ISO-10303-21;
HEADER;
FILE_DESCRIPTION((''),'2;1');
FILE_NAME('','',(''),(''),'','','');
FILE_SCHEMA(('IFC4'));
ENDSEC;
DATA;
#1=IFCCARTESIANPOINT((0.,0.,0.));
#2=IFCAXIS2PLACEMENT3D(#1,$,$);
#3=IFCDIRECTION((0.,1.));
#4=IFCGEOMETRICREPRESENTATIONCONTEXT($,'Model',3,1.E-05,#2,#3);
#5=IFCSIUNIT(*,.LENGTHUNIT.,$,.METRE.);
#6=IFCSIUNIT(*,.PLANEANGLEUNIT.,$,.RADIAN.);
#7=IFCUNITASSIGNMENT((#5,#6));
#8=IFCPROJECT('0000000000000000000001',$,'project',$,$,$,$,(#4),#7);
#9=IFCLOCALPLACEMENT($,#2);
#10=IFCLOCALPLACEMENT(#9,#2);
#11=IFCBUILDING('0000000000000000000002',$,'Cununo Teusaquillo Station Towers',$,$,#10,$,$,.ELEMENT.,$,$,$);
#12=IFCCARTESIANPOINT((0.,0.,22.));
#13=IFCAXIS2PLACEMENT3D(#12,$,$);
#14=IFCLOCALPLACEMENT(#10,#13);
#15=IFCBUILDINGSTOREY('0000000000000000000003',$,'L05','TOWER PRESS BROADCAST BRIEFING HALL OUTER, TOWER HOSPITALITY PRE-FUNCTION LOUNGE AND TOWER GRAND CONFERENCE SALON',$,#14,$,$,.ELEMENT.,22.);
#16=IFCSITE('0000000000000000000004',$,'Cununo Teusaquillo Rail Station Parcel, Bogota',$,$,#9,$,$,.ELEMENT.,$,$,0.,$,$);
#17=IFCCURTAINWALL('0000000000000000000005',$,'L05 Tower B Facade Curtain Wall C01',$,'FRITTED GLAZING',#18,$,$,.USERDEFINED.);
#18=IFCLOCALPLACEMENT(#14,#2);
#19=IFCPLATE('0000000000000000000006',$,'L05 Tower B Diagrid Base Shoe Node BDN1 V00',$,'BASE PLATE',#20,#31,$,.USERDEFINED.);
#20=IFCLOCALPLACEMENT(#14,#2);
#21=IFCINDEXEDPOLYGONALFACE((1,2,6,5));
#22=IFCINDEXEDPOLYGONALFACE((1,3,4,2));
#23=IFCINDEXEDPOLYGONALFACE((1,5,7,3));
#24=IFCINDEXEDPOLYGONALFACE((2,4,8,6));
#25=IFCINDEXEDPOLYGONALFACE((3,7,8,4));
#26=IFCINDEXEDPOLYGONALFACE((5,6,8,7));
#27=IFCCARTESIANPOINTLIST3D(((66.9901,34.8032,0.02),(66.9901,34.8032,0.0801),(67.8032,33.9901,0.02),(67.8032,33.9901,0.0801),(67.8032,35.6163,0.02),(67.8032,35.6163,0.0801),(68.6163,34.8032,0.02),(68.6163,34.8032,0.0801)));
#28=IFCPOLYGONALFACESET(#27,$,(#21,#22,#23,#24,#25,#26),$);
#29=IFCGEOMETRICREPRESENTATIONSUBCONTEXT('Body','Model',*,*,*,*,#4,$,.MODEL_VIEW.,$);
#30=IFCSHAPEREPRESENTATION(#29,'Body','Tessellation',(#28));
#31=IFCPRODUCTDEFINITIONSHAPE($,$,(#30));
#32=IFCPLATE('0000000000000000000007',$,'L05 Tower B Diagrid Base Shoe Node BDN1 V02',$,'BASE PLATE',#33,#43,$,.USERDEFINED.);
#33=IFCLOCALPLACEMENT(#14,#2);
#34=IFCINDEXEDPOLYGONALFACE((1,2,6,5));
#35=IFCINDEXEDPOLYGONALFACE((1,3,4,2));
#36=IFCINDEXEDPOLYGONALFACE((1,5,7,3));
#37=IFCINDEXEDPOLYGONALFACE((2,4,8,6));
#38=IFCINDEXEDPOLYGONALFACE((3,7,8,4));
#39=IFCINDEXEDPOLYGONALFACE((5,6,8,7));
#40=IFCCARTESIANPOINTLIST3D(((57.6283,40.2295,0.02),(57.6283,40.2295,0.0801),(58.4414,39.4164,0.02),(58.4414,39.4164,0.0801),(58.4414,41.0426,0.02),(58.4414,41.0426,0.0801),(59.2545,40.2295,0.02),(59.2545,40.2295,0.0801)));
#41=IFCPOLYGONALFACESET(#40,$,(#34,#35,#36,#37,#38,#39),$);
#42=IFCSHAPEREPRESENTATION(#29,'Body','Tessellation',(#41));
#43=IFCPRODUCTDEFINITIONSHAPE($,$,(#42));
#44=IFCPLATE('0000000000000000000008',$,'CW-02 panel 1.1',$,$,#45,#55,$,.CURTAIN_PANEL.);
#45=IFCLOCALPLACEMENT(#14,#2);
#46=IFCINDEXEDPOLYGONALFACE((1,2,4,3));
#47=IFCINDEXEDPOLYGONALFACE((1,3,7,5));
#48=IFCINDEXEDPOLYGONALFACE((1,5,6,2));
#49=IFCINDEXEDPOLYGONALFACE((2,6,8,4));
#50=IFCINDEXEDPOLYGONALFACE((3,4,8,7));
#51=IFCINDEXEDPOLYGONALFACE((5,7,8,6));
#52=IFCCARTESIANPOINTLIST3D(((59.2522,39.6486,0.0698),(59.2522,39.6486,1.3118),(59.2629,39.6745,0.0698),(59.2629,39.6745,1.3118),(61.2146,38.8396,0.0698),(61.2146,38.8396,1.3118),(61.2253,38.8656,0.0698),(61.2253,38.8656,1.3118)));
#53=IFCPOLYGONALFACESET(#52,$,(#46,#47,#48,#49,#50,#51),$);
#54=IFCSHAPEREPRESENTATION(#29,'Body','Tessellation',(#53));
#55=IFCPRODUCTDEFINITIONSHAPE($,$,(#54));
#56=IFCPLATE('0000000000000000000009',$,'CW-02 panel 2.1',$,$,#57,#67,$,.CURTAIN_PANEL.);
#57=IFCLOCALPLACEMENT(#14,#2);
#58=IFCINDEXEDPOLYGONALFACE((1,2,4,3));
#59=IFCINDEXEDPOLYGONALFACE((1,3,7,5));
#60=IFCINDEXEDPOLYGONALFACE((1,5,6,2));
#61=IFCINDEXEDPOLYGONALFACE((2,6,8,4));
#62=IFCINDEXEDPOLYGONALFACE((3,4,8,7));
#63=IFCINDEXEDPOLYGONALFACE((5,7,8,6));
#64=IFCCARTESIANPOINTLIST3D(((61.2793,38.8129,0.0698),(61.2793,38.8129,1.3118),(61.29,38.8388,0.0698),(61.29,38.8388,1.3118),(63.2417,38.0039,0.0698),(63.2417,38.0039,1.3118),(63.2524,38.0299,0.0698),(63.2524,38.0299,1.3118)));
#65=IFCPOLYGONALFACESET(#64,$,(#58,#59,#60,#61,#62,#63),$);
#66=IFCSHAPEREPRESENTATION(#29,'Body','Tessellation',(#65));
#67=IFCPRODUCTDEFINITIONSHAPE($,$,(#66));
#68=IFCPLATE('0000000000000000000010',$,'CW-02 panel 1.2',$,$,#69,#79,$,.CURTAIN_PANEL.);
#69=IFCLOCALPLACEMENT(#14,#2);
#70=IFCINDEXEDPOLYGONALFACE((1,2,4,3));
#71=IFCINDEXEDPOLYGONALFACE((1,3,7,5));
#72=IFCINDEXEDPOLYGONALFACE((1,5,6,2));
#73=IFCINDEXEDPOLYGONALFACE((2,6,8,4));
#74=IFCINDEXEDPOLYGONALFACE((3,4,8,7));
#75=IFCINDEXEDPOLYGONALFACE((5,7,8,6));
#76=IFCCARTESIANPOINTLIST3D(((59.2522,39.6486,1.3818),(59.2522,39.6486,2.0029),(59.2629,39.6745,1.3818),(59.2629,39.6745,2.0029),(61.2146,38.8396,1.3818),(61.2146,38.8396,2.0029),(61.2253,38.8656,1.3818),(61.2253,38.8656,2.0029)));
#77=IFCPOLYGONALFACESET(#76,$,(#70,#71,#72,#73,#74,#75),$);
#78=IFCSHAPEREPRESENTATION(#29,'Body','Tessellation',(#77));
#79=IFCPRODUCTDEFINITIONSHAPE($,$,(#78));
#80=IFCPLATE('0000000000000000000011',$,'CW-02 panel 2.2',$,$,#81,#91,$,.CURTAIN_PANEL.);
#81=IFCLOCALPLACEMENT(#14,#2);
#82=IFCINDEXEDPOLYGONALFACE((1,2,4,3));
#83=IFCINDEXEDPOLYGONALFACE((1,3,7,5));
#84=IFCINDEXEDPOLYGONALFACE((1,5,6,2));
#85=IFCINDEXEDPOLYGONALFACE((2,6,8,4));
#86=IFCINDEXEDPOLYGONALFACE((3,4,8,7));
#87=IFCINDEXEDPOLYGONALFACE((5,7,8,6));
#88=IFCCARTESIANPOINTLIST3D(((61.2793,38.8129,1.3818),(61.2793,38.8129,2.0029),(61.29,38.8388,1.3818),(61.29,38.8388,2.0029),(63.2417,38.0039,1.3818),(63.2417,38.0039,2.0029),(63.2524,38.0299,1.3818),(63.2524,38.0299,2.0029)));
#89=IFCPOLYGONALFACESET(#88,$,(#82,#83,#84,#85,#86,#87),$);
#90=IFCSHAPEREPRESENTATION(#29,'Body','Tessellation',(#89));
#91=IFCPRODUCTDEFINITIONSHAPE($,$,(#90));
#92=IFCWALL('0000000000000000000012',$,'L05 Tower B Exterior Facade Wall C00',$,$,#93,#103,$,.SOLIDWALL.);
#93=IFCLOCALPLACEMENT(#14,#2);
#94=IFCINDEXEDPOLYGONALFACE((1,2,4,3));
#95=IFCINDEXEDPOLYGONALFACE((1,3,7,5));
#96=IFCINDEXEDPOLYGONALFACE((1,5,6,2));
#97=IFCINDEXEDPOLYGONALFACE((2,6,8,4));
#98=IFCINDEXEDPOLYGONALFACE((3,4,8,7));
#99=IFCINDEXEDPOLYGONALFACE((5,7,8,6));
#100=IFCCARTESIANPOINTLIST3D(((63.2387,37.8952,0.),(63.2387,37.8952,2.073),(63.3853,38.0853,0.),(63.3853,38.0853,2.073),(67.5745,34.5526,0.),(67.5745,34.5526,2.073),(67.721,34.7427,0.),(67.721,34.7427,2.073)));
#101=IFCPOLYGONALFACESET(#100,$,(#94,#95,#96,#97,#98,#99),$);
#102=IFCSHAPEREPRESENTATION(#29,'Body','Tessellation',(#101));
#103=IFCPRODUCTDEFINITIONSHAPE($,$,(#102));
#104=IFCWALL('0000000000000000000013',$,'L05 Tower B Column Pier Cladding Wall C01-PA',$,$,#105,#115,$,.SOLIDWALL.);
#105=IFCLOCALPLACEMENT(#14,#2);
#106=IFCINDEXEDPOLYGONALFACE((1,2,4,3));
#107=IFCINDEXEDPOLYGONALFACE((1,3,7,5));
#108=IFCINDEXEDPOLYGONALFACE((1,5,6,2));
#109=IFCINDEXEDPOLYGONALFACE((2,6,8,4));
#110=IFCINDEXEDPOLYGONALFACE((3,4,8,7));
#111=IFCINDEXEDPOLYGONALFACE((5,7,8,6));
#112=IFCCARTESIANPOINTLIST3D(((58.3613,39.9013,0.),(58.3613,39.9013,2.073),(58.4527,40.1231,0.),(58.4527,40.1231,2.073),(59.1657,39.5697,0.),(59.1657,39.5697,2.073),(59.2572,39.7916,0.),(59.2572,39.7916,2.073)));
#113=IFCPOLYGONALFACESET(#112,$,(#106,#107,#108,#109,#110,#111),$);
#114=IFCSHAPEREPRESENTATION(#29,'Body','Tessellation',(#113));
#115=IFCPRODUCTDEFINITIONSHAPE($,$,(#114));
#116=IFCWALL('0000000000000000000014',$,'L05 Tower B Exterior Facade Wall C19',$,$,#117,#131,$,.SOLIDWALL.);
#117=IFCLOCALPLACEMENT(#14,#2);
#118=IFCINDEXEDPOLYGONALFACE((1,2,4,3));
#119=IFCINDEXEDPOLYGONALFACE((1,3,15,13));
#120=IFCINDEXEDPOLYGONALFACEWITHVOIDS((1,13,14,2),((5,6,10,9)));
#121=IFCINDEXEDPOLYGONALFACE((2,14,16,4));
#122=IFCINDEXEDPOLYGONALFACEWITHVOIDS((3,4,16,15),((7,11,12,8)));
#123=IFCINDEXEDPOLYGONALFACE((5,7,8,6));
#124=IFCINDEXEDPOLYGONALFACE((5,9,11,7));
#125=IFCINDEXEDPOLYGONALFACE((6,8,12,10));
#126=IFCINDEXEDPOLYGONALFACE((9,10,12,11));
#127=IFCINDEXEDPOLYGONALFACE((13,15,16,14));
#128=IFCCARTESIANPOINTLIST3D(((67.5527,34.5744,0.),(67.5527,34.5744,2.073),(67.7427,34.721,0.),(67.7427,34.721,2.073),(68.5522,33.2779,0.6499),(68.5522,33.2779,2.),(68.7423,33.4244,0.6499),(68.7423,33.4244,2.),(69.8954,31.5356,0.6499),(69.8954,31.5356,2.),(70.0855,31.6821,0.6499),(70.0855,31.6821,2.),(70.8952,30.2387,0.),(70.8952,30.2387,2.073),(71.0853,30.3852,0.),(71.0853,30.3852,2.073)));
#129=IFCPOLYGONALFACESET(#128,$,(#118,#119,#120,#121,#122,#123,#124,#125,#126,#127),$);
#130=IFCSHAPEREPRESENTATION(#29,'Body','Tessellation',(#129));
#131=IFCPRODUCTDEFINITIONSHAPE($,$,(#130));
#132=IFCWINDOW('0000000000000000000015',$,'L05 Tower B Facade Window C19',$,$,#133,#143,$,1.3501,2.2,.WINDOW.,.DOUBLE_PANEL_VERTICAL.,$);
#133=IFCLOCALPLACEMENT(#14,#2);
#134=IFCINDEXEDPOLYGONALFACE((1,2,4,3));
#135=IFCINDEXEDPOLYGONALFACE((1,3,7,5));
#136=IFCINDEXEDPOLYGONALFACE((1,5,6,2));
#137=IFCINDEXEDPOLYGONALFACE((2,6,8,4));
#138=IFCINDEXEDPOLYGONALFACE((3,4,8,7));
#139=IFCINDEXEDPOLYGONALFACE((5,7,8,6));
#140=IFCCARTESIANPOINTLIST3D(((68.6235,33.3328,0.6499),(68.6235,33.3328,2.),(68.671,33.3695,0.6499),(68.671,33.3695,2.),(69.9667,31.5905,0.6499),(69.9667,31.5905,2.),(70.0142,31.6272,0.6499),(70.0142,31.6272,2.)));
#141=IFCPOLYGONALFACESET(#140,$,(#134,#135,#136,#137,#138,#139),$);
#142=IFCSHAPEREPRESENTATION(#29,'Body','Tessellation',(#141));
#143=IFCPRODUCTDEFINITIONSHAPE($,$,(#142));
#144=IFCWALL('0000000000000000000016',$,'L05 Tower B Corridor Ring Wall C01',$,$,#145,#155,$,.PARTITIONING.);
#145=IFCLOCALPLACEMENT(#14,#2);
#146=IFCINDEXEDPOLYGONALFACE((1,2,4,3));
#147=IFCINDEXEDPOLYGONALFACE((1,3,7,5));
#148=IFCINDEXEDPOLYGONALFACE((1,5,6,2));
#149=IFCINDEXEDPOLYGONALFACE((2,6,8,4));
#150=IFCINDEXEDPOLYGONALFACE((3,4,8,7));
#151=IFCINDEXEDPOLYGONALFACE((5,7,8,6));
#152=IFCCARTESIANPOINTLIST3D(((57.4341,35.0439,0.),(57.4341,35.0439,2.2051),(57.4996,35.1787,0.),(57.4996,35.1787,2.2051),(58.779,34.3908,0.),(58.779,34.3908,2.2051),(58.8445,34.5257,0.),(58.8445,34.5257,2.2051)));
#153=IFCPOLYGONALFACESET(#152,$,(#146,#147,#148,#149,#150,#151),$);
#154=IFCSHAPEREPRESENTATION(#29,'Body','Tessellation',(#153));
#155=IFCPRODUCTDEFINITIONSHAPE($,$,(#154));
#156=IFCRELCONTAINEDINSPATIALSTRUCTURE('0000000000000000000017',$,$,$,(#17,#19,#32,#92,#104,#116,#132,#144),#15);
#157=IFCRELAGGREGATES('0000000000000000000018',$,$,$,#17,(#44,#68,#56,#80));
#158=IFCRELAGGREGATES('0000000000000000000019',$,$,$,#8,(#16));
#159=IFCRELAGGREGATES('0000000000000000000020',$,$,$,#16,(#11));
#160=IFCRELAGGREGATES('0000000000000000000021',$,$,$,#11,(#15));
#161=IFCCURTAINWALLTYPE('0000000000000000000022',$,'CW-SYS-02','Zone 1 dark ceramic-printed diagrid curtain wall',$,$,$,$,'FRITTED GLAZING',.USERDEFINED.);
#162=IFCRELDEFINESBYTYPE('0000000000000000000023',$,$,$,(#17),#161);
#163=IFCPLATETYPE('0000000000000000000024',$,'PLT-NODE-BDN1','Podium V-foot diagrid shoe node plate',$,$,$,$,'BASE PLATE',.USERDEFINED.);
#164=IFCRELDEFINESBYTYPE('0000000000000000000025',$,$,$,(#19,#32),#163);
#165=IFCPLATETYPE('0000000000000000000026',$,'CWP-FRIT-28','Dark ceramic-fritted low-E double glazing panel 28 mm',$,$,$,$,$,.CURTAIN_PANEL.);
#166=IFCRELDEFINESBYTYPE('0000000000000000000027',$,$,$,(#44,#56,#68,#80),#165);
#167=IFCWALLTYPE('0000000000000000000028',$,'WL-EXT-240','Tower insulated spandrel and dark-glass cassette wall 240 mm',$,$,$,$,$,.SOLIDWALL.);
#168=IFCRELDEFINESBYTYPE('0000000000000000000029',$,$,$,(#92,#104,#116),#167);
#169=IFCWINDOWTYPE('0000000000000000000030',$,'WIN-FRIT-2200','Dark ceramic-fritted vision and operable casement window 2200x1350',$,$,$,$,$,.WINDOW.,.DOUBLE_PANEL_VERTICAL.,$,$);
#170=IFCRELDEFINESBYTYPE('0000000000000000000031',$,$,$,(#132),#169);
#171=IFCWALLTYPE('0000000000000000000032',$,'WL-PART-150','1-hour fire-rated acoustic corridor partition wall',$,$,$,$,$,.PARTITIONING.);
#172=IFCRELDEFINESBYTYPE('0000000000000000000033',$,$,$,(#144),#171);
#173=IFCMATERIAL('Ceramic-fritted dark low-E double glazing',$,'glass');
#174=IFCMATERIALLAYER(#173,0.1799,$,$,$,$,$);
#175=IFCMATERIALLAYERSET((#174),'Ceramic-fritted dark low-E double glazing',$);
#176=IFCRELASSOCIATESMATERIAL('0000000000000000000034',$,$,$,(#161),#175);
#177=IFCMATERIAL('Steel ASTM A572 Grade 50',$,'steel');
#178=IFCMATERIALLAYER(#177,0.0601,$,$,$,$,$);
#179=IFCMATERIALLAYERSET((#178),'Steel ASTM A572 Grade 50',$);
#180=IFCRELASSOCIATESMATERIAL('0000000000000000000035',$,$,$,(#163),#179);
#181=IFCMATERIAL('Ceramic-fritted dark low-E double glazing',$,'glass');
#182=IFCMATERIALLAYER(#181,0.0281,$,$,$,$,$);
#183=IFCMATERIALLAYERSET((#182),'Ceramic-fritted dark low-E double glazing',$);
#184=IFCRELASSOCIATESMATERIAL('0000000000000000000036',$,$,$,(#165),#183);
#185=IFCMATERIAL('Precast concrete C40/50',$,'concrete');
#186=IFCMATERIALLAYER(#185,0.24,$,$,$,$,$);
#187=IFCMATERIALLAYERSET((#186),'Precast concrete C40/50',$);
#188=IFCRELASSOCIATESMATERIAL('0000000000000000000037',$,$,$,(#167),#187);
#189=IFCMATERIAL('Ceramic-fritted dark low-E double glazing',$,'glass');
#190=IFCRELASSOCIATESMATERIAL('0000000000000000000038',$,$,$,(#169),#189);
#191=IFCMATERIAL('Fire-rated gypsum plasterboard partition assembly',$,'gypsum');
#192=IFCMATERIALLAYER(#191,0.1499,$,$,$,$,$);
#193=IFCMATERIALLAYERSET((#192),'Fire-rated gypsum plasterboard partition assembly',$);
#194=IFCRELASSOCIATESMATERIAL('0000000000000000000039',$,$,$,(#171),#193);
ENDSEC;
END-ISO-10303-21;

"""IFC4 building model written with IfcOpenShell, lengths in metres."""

from ifc_helpers import new_model, si_unit, direction, frame, frame_2d, origin, origin_2d, place, context, subcontext, project, spatial, rectangle, extrude, source, transform, mapped, material, layer, layer_set, type_object, element, fill, aggregate, save


model = new_model("IFC4")

# Units and contexts
model_context = context("Model", 3, precision=1e-05, world=origin(), true_north=direction((0.0, 1.0)))
body_context = subcontext(model_context, "Body", "Model", "MODEL_VIEW")
ifc_project = project(units=[si_unit("LENGTHUNIT", "METRE"), si_unit("PLANEANGLEUNIT", "RADIAN")], contexts=[model_context])

# Site, building, storey
site_placement = place(None, origin())
site = spatial("IfcSite", under=ifc_project, at=site_placement, Name="Cununo Teusaquillo Rail Station Parcel, Bogota", CompositionType="ELEMENT", RefElevation=0.0)
building_placement = place(site_placement, origin())
building = spatial("IfcBuilding", under=site, at=building_placement, Name="Cununo Teusaquillo Station Towers", CompositionType="ELEMENT")
storey_placement = place(building_placement, frame((0.0, 0.0, 22.0)))
storey = spatial("IfcBuildingStorey", under=building, at=storey_placement, Name="L05", Description="TOWER PRESS BROADCAST BRIEFING HALL OUTER, TOWER HOSPITALITY PRE-FUNCTION LOUNGE AND TOWER GRAND CONFERENCE SALON", CompositionType="ELEMENT", Elevation=22.0)

# Curtain wall
ifc_material_1 = material(Name="Ceramic-fritted dark low-E double glazing", Category="glass")
ifc_layer_1 = layer(ifc_material_1, 0.1799)
ifc_layer_set_1 = layer_set([ifc_layer_1], Name="Ceramic-fritted dark low-E double glazing")
curtain_wall_type = type_object("IfcCurtainWallType", Name="CW-SYS-02", Description="Zone 1 dark ceramic-printed diagrid curtain wall", ElementType="FRITTED GLAZING", PredefinedType="USERDEFINED", material=ifc_layer_set_1)
curtain_wall_placement = place(storey_placement, origin())
curtain_wall = element("IfcCurtainWall", 1, at=curtain_wall_placement, inside=storey, type_object=curtain_wall_type, Name="L05 Tower B Facade Curtain Wall C01", ObjectType="FRITTED GLAZING", PredefinedType="USERDEFINED")

# Plates
ifc_material_2 = material(Name="Steel ASTM A572 Grade 50", Category="steel")
ifc_layer_2 = layer(ifc_material_2, 0.0601)
ifc_layer_set_2 = layer_set([ifc_layer_2], Name="Steel ASTM A572 Grade 50")
plate_type_1 = type_object("IfcPlateType", Name="PLT-NODE-BDN1", Description="Podium V-foot diagrid shoe node plate", ElementType="BASE PLATE", PredefinedType="USERDEFINED", material=ifc_layer_set_2)
shared_shape_1 = source(origin(), body_context, "Body", "SweptSolid", [
    extrude(rectangle(XDim=1.1499, YDim=1.1499, at=origin_2d()), origin(), (0.0, 0.0, 1.0), 0.0601),
])
for number, where, z_axis, x_axis, name in (
    (2, (67.8032, 34.8032, 0.02), (0.0, 0.0, 1.0), (0.707107, 0.707107, 0.0), "L05 Tower B Diagrid Base Shoe Node BDN1 V00"),
    (3, (58.4414, 40.2295, 0.02), (0.0, 0.0, 1.0), (0.707107, 0.707107, 0.0), "L05 Tower B Diagrid Base Shoe Node BDN1 V02"),
):
    element("IfcPlate", number, at=place(storey_placement, frame(where, z_axis=z_axis, x_axis=x_axis)), inside=storey, type_object=plate_type_1, Name=name, ObjectType="BASE PLATE", PredefinedType="USERDEFINED", context=body_context, shape_type="MappedRepresentation", body=[
        mapped(shared_shape_1, transform((0.0, 0.0, 0.0), x_axis=(1.0, 0.0, 0.0), y_axis=(0.0, 1.0, 0.0), z_axis=(0.0, 0.0, 1.0), scale=1.0)),
    ])

# Plates
ifc_material_3 = material(Name="Ceramic-fritted dark low-E double glazing", Category="glass")
ifc_layer_3 = layer(ifc_material_3, 0.0281)
ifc_layer_set_3 = layer_set([ifc_layer_3], Name="Ceramic-fritted dark low-E double glazing")
plate_type_2 = type_object("IfcPlateType", Name="CWP-FRIT-28", Description="Dark ceramic-fritted low-E double glazing panel 28 mm", PredefinedType="CURTAIN_PANEL", material=ifc_layer_set_3)
shared_shape_2 = source(origin(), body_context, "Body", "SweptSolid", [
    extrude(rectangle(XDim=2.1226, YDim=0.0281, at=origin_2d()), origin(), (0.0, 0.0, 1.0), 1.2419),
])
plate_1_placement = place(storey_placement, frame((60.2388, 39.2571, 0.0698), z_axis=(0.0, 0.0, 1.0), x_axis=(0.924525, -0.381122, 0.0)))
plate_1 = element("IfcPlate", 4, at=plate_1_placement, type_object=plate_type_2, Name="CW-02 panel 1.1", PredefinedType="CURTAIN_PANEL", context=body_context, shape_type="MappedRepresentation", body=[
    mapped(shared_shape_2, transform((0.0, 0.0, 0.0), x_axis=(1.0, 0.0, 0.0), y_axis=(0.0, 1.0, 0.0), z_axis=(0.0, 0.0, 1.0), scale=1.0)),
])
plate_2_placement = place(storey_placement, frame((62.2659, 38.4214, 0.0698), z_axis=(0.0, 0.0, 1.0), x_axis=(0.924525, -0.381122, 0.0)))
plate_2 = element("IfcPlate", 5, at=plate_2_placement, type_object=plate_type_2, Name="CW-02 panel 2.1", PredefinedType="CURTAIN_PANEL", context=body_context, shape_type="MappedRepresentation", body=[
    mapped(shared_shape_2, transform((0.0, 0.0, 0.0), x_axis=(1.0, 0.0, 0.0), y_axis=(0.0, 1.0, 0.0), z_axis=(0.0, 0.0, 1.0), scale=1.0)),
])
shared_shape_3 = source(origin(), body_context, "Body", "SweptSolid", [
    extrude(rectangle(XDim=2.1226, YDim=0.0281, at=origin_2d()), origin(), (0.0, 0.0, 1.0), 0.6211),
])
plate_3_placement = place(storey_placement, frame((60.2388, 39.2571, 1.3818), z_axis=(0.0, 0.0, 1.0), x_axis=(0.924525, -0.381122, 0.0)))
plate_3 = element("IfcPlate", 6, at=plate_3_placement, type_object=plate_type_2, Name="CW-02 panel 1.2", PredefinedType="CURTAIN_PANEL", context=body_context, shape_type="MappedRepresentation", body=[
    mapped(shared_shape_3, transform((0.0, 0.0, 0.0), x_axis=(1.0, 0.0, 0.0), y_axis=(0.0, 1.0, 0.0), z_axis=(0.0, 0.0, 1.0), scale=1.0)),
])
plate_4_placement = place(storey_placement, frame((62.2659, 38.4214, 1.3818), z_axis=(0.0, 0.0, 1.0), x_axis=(0.924525, -0.381122, 0.0)))
plate_4 = element("IfcPlate", 7, at=plate_4_placement, type_object=plate_type_2, Name="CW-02 panel 2.2", PredefinedType="CURTAIN_PANEL", context=body_context, shape_type="MappedRepresentation", body=[
    mapped(shared_shape_3, transform((0.0, 0.0, 0.0), x_axis=(1.0, 0.0, 0.0), y_axis=(0.0, 1.0, 0.0), z_axis=(0.0, 0.0, 1.0), scale=1.0)),
])
aggregate(curtain_wall, [plate_1, plate_3, plate_2, plate_4])

# Walls
ifc_material_4 = material(Name="Precast concrete C40/50", Category="concrete")
ifc_layer_4 = layer(ifc_material_4, 0.24)
ifc_layer_set_4 = layer_set([ifc_layer_4], Name="Precast concrete C40/50")
wall_type_1 = type_object("IfcWallType", Name="WL-EXT-240", Description="Tower insulated spandrel and dark-glass cassette wall 240 mm", PredefinedType="SOLIDWALL", material=ifc_layer_set_4)
wall_1_placement = place(storey_placement, frame((63.312, 37.9902, 0.0), z_axis=(0.0, 0.0, 1.0), x_axis=(0.791972, -0.610557, 0.0)))
element("IfcWall", 8, at=wall_1_placement, inside=storey, type_object=wall_type_1, Name="L05 Tower B Exterior Facade Wall C00", PredefinedType="SOLIDWALL", context=body_context, shape_type="SweptSolid", body=[
    extrude(rectangle(XDim=5.4746, YDim=0.24, at=frame_2d((2.7373, 0.0))), origin(), (0.0, 0.0, 1.0), 2.073),
])
wall_2_placement = place(storey_placement, frame((58.407, 40.0122, 0.0), z_axis=(0.0, 0.0, 1.0), x_axis=(0.924556, -0.381046, 0.0)))
element("IfcWall", 9, at=wall_2_placement, inside=storey, type_object=wall_type_1, Name="L05 Tower B Column Pier Cladding Wall C01-PA", PredefinedType="SOLIDWALL", context=body_context, shape_type="SweptSolid", body=[
    extrude(rectangle(XDim=0.8701, YDim=0.24, at=frame_2d((0.4351, 0.0))), origin(), (0.0, 0.0, 1.0), 2.073),
])

# Wall, opening, window
wall_3_placement = place(storey_placement, frame((67.6477, 34.6477, 0.0), z_axis=(0.0, 0.0, 1.0), x_axis=(0.610557, -0.791972, 0.0)))
wall_3 = element("IfcWall", 10, at=wall_3_placement, inside=storey, type_object=wall_type_1, Name="L05 Tower B Exterior Facade Wall C19", PredefinedType="SOLIDWALL", context=body_context, shape_type="SweptSolid", body=[
    extrude(rectangle(XDim=5.4746, YDim=0.24, at=frame_2d((2.7373, 0.0))), origin(), (0.0, 0.0, 1.0), 2.073),
])
shared_shape_4 = source(origin(), body_context, "Body", "SweptSolid", [
    extrude(rectangle(XDim=2.2, YDim=1.3501, at=frame_2d((1.1001, 0.675))), frame((0.0, 0.1299, 0.0), z_axis=(0.0, -1.0, 0.0), x_axis=(1.0, 0.0, 0.0)), (0.0, 0.0, 1.0), 0.26),
])
opening_1_placement = place(wall_3_placement, frame((1.637, 0.0, 0.6499)))
opening_1 = element("IfcOpeningElement", 11, at=opening_1_placement, cuts=wall_3, PredefinedType="OPENING", context=body_context, shape_type="MappedRepresentation", body=[
    mapped(shared_shape_4, transform((0.0, 0.0, 0.0), x_axis=(1.0, 0.0, 0.0), y_axis=(0.0, 1.0, 0.0), z_axis=(0.0, 0.0, 1.0), scale=1.0)),
])
ifc_material_5 = material(Name="Ceramic-fritted dark low-E double glazing", Category="glass")
window_type = type_object("IfcWindowType", Name="WIN-FRIT-2200", Description="Dark ceramic-fritted vision and operable casement window 2200x1350", PartitioningType="DOUBLE_PANEL_VERTICAL", PredefinedType="WINDOW", material=ifc_material_5)
shared_shape_5 = source(origin(), body_context, "Body", "SweptSolid", [
    extrude(rectangle(XDim=2.2, YDim=1.3501, at=frame_2d((1.1001, 0.675))), frame((0.0, 0.03, 0.0), z_axis=(0.0, -1.0, 0.0), x_axis=(1.0, 0.0, 0.0)), (0.0, 0.0, 1.0), 0.0601),
])
window_placement = place(opening_1_placement, origin())
window = element("IfcWindow", 12, at=window_placement, inside=storey, type_object=window_type, Name="L05 Tower B Facade Window C19", OverallHeight=1.3501, OverallWidth=2.2, PartitioningType="DOUBLE_PANEL_VERTICAL", PredefinedType="WINDOW", context=body_context, shape_type="MappedRepresentation", body=[
    mapped(shared_shape_5, transform((0.0, 0.0, 0.0), x_axis=(1.0, 0.0, 0.0), y_axis=(0.0, 1.0, 0.0), z_axis=(0.0, 0.0, 1.0), scale=1.0)),
])
fill(opening_1, window)

# Wall
ifc_material_6 = material(Name="Fire-rated gypsum plasterboard partition assembly", Category="gypsum")
ifc_layer_5 = layer(ifc_material_6, 0.1499)
ifc_layer_set_5 = layer_set([ifc_layer_5], Name="Fire-rated gypsum plasterboard partition assembly")
wall_type_2 = type_object("IfcWallType", Name="WL-PART-150", Description="1-hour fire-rated acoustic corridor partition wall", PredefinedType="PARTITIONING", material=ifc_layer_set_5)
wall_4_placement = place(storey_placement, frame((58.8118, 34.4583, 0.0), z_axis=(0.0, 0.0, 1.0), x_axis=(-0.899559, 0.436798, 0.0)))
element("IfcWall", 13, at=wall_4_placement, inside=storey, type_object=wall_type_2, Name="L05 Tower B Corridor Ring Wall C01", PredefinedType="PARTITIONING", context=body_context, shape_type="SweptSolid", body=[
    extrude(rectangle(XDim=1.4951, YDim=0.1499, at=frame_2d((0.7476, 0.0))), origin(), (0.0, 0.0, 1.0), 2.2051),
])

save(model, "model.ifc")
